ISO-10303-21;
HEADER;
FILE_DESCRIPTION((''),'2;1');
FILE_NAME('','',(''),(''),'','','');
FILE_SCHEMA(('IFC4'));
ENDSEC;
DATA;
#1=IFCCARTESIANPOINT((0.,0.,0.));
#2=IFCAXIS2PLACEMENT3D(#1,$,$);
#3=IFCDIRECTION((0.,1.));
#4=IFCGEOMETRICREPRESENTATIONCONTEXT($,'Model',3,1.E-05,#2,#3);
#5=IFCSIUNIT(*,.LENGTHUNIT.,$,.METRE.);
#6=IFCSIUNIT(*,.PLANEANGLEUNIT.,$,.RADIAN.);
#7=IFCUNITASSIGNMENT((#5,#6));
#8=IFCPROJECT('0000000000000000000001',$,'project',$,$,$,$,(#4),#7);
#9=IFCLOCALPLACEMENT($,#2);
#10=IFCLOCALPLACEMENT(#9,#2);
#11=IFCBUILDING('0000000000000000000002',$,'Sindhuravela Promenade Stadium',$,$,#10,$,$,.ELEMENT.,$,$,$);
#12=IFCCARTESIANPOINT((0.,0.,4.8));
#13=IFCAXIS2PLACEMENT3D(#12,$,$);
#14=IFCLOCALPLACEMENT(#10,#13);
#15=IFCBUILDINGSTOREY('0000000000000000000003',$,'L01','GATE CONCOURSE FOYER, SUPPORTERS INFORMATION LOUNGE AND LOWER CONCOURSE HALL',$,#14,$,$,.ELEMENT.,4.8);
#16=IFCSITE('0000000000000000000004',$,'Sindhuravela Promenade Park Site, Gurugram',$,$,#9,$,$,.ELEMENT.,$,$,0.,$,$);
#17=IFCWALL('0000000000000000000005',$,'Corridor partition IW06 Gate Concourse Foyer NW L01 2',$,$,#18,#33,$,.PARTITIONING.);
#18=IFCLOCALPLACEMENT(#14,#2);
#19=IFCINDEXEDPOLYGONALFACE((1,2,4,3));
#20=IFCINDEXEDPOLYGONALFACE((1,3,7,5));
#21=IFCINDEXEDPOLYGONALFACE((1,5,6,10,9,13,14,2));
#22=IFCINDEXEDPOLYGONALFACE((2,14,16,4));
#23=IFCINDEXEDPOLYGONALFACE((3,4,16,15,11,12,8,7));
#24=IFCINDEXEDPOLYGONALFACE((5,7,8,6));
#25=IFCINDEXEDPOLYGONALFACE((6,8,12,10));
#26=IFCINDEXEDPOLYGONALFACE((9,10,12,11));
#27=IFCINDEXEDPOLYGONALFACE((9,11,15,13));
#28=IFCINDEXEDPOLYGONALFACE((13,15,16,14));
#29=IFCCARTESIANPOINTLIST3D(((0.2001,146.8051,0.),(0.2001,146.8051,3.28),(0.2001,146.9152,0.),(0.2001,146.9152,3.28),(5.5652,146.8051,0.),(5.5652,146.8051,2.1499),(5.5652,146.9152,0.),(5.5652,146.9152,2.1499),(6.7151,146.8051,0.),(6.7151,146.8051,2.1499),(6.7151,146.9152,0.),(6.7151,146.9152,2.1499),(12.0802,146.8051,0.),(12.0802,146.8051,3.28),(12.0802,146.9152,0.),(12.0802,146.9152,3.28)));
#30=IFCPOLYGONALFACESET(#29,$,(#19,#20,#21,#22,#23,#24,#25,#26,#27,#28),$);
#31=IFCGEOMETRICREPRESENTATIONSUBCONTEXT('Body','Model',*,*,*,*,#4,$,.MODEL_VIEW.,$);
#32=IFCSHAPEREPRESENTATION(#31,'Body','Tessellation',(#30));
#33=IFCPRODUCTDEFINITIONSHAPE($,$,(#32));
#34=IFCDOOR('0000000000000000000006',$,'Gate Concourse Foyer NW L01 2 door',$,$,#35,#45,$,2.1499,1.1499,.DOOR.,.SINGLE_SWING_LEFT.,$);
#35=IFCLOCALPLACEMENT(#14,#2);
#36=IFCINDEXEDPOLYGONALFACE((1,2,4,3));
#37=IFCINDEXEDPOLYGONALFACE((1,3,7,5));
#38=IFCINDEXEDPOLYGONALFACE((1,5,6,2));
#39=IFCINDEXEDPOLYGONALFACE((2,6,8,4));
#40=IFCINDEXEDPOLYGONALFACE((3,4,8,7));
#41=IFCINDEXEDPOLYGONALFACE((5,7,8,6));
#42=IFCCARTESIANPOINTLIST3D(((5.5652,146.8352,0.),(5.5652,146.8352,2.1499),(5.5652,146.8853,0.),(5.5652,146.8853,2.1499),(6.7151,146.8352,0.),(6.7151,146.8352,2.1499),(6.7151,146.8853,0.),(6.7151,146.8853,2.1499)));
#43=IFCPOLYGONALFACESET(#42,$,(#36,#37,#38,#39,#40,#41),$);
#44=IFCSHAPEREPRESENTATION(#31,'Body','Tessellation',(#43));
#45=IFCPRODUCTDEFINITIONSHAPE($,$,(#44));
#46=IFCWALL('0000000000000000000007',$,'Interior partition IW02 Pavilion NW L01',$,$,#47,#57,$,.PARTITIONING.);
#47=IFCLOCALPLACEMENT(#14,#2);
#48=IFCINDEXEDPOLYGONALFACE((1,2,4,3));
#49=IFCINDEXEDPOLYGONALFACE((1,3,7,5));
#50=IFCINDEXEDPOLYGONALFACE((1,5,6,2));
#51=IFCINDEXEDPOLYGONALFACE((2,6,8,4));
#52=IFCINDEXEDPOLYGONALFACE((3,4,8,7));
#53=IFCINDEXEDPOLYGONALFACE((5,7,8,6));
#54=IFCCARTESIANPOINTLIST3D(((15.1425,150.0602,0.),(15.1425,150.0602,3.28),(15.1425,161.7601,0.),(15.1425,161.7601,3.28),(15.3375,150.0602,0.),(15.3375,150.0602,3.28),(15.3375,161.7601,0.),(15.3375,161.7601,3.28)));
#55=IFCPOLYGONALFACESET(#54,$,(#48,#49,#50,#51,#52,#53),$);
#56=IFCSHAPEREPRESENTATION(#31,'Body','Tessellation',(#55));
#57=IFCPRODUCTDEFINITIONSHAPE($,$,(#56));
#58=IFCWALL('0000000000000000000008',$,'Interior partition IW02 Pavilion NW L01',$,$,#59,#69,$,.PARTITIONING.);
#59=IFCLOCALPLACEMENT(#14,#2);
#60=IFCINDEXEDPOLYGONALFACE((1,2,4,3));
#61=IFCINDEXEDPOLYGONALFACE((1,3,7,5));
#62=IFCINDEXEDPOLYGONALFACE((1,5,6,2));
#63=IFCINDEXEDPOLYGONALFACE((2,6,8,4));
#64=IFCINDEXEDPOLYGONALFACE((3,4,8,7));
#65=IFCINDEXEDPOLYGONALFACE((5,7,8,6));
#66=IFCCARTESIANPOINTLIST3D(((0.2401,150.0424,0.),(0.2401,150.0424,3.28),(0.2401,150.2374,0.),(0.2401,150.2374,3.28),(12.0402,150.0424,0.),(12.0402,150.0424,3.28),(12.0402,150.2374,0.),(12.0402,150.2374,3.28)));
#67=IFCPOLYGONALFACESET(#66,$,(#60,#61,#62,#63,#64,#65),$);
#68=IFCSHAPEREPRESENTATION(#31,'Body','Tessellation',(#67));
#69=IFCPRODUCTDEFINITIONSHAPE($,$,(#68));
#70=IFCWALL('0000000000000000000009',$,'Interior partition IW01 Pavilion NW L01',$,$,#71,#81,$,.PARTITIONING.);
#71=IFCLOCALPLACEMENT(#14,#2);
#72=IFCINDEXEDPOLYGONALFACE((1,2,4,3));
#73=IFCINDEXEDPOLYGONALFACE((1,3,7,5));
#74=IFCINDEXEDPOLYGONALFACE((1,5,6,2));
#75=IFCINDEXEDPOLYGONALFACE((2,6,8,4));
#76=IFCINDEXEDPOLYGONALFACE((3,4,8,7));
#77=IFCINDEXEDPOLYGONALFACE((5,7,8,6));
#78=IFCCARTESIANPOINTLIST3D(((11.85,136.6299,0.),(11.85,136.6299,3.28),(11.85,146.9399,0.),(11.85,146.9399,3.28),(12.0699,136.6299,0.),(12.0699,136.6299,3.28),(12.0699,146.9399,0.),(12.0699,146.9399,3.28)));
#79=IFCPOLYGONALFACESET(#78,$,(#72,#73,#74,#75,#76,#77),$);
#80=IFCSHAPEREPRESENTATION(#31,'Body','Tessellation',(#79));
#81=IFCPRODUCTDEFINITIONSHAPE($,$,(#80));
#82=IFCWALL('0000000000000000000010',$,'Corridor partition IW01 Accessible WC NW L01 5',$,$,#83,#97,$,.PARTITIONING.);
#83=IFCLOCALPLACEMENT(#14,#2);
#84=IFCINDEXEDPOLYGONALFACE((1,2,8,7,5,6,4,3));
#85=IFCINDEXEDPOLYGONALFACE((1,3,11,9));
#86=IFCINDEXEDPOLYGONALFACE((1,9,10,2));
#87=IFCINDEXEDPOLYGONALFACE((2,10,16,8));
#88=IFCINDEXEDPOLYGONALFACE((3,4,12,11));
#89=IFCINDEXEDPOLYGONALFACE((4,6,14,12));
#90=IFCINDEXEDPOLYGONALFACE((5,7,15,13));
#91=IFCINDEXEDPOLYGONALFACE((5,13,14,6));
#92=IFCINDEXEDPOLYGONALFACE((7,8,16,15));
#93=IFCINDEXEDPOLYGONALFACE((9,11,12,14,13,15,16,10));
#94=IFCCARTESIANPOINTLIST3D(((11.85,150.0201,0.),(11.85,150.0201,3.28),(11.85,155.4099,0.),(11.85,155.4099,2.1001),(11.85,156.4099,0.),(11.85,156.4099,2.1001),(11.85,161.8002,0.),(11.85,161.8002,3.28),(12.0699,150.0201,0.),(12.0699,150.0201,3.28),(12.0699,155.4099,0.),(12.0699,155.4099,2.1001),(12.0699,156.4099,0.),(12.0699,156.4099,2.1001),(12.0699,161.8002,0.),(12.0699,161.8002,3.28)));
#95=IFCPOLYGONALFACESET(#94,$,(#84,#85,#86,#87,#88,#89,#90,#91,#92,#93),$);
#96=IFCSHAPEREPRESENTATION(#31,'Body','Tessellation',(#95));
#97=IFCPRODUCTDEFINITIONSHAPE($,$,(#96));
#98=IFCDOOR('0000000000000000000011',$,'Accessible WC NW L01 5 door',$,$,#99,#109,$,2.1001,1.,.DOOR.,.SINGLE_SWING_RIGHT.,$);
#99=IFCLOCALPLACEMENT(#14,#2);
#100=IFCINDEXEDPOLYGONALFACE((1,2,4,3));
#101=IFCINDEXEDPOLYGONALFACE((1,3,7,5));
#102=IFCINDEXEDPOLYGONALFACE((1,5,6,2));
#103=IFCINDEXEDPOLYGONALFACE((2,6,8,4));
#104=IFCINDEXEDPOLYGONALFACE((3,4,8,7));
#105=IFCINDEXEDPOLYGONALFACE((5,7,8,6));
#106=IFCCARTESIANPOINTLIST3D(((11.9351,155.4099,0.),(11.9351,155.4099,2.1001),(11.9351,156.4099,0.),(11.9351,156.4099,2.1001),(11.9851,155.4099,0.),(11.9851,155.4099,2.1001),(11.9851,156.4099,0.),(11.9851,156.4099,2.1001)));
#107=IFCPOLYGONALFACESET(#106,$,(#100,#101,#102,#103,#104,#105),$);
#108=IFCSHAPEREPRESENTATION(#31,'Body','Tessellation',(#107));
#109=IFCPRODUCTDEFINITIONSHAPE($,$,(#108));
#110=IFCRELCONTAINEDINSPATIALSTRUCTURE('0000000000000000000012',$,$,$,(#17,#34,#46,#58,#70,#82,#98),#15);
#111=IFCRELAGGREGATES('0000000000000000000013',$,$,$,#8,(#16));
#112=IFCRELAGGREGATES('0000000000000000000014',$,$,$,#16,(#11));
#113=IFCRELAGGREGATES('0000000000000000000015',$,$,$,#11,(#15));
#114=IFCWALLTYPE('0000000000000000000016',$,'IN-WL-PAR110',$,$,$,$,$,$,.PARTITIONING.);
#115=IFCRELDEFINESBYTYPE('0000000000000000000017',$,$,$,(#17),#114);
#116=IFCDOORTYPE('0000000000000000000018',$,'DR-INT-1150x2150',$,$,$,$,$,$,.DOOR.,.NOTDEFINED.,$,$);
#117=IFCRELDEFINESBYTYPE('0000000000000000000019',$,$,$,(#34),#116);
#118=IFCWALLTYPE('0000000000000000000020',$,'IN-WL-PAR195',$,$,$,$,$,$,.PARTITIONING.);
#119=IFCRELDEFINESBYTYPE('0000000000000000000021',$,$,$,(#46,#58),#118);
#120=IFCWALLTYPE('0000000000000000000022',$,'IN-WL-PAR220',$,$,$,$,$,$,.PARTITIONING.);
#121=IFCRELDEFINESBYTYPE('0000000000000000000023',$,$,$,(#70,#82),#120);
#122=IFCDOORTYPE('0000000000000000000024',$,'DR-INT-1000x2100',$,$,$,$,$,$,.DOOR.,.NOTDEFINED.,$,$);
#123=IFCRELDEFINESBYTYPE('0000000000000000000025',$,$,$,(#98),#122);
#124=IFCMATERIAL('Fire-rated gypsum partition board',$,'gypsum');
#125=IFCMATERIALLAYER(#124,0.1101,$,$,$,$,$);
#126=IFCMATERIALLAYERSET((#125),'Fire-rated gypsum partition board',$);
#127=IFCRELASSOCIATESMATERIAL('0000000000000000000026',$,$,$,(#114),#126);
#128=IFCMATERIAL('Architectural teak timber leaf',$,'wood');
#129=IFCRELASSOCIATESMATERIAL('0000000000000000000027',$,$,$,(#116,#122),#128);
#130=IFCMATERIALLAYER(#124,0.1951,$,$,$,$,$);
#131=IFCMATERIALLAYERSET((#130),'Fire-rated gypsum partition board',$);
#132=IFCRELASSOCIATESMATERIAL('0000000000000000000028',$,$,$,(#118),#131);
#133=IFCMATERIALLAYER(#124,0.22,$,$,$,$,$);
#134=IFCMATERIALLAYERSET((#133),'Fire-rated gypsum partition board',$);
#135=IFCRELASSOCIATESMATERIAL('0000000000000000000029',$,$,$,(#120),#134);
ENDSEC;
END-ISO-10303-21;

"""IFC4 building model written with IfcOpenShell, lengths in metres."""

from ifc_helpers import new_model, si_unit, direction, frame, frame_2d, origin, place, context, subcontext, project, spatial, rectangle, extrude, material, layer, layer_set, type_object, element, fill, save


model = new_model("IFC4")

# Units and contexts
model_context = context("Model", 3, precision=1e-05, world=origin(), true_north=direction((0.0, 1.0)))
body_context = subcontext(model_context, "Body", "Model", "MODEL_VIEW")
ifc_project = project(units=[si_unit("LENGTHUNIT", "METRE"), si_unit("PLANEANGLEUNIT", "RADIAN")], contexts=[model_context])

# Site, building, storey
site_placement = place(None, origin())
site = spatial("IfcSite", under=ifc_project, at=site_placement, Name="Sindhuravela Promenade Park Site, Gurugram", CompositionType="ELEMENT", RefElevation=0.0)
building_placement = place(site_placement, origin())
building = spatial("IfcBuilding", under=site, at=building_placement, Name="Sindhuravela Promenade Stadium", CompositionType="ELEMENT")
storey_placement = place(building_placement, frame((0.0, 0.0, 4.8)))
storey = spatial("IfcBuildingStorey", under=building, at=storey_placement, Name="L01", Description="GATE CONCOURSE FOYER, SUPPORTERS INFORMATION LOUNGE AND LOWER CONCOURSE HALL", CompositionType="ELEMENT", Elevation=4.8)

# Wall, opening, door
ifc_material_1 = material(Name="Fire-rated gypsum partition board", Category="gypsum")
ifc_layer_1 = layer(ifc_material_1, 0.1101)
ifc_layer_set_1 = layer_set([ifc_layer_1], Name="Fire-rated gypsum partition board")
wall_type_1 = type_object("IfcWallType", Name="IN-WL-PAR110", PredefinedType="PARTITIONING", material=ifc_layer_set_1)
wall_1_placement = place(storey_placement, frame((12.0801, 146.8601, 0.0), z_axis=(0.0, 0.0, 1.0), x_axis=(-1.0, 0.0, 0.0)))
wall_1 = element("IfcWall", 1, at=wall_1_placement, inside=storey, type_object=wall_type_1, Name="Corridor partition IW06 Gate Concourse Foyer NW L01 2", PredefinedType="PARTITIONING", context=body_context, shape_type="SweptSolid", body=[
    extrude(rectangle(XDim=11.8801, YDim=0.1101, at=frame_2d((5.9399, 0.0))), origin(), (0.0, 0.0, 1.0), 3.28),
])
opening_1_placement = place(wall_1_placement, frame((5.365, 0.0, 0.0)))
opening_1 = element("IfcOpeningElement", 2, at=opening_1_placement, cuts=wall_1, PredefinedType="OPENING", context=body_context, shape_type="SweptSolid", body=[
    extrude(rectangle(XDim=1.1499, YDim=2.1499, at=frame_2d((0.575, 1.075))), frame((0.0, 0.0649, 0.0), z_axis=(0.0, -1.0, 0.0), x_axis=(1.0, 0.0, 0.0)), (0.0, 0.0, 1.0), 0.1301),
])
ifc_material_2 = material(Name="Architectural teak timber leaf", Category="wood")
door_type_1 = type_object("IfcDoorType", Name="DR-INT-1150x2150", OperationType="NOTDEFINED", PredefinedType="DOOR", material=ifc_material_2)
door_1_placement = place(opening_1_placement, origin())
door_1 = element("IfcDoor", 3, at=door_1_placement, inside=storey, type_object=door_type_1, Name="Gate Concourse Foyer NW L01 2 door", OperationType="SINGLE_SWING_LEFT", OverallHeight=2.1499, OverallWidth=1.1499, PredefinedType="DOOR", context=body_context, shape_type="SweptSolid", body=[
    extrude(rectangle(XDim=1.1499, YDim=2.1499, at=frame_2d((0.575, 1.075))), frame((0.0, 0.0249, 0.0), z_axis=(0.0, -1.0, 0.0), x_axis=(1.0, 0.0, 0.0)), (0.0, 0.0, 1.0), 0.05),
])
fill(opening_1, door_1)

# Walls
ifc_layer_2 = layer(ifc_material_1, 0.1951)
ifc_layer_set_2 = layer_set([ifc_layer_2], Name="Fire-rated gypsum partition board")
wall_type_2 = type_object("IfcWallType", Name="IN-WL-PAR195", PredefinedType="PARTITIONING", material=ifc_layer_set_2)
wall_2_placement = place(storey_placement, frame((15.24, 150.0601, 0.0), z_axis=(0.0, 0.0, 1.0), x_axis=(0.0, 1.0, 0.0)))
element("IfcWall", 4, at=wall_2_placement, inside=storey, type_object=wall_type_2, Name="Interior partition IW02 Pavilion NW L01", PredefinedType="PARTITIONING", context=body_context, shape_type="SweptSolid", body=[
    extrude(rectangle(XDim=11.7, YDim=0.1951, at=frame_2d((5.8501, 0.0))), origin(), (0.0, 0.0, 1.0), 3.28),
])
wall_3_placement = place(storey_placement, frame((12.04, 150.1399, 0.0), z_axis=(0.0, 0.0, 1.0), x_axis=(-1.0, 0.0, 0.0)))
element("IfcWall", 5, at=wall_3_placement, inside=storey, type_object=wall_type_2, Name="Interior partition IW02 Pavilion NW L01", PredefinedType="PARTITIONING", context=body_context, shape_type="SweptSolid", body=[
    extrude(rectangle(XDim=11.8, YDim=0.1951, at=frame_2d((5.8999, 0.0))), origin(), (0.0, 0.0, 1.0), 3.28),
])
ifc_layer_3 = layer(ifc_material_1, 0.22)
ifc_layer_set_3 = layer_set([ifc_layer_3], Name="Fire-rated gypsum partition board")
wall_type_3 = type_object("IfcWallType", Name="IN-WL-PAR220", PredefinedType="PARTITIONING", material=ifc_layer_set_3)
wall_4_placement = place(storey_placement, frame((11.96, 146.9399, 0.0), z_axis=(0.0, 0.0, 1.0), x_axis=(0.0, -1.0, 0.0)))
element("IfcWall", 6, at=wall_4_placement, inside=storey, type_object=wall_type_3, Name="Interior partition IW01 Pavilion NW L01", PredefinedType="PARTITIONING", context=body_context, shape_type="SweptSolid", body=[
    extrude(rectangle(XDim=10.3101, YDim=0.22, at=frame_2d((5.155, 0.0))), origin(), (0.0, 0.0, 1.0), 3.28),
])

# Wall, opening, door
wall_5_placement = place(storey_placement, frame((11.96, 150.02, 0.0), z_axis=(0.0, 0.0, 1.0), x_axis=(0.0, 1.0, 0.0)))
wall_5 = element("IfcWall", 7, at=wall_5_placement, inside=storey, type_object=wall_type_3, Name="Corridor partition IW01 Accessible WC NW L01 5", PredefinedType="PARTITIONING", context=body_context, shape_type="SweptSolid", body=[
    extrude(rectangle(XDim=11.78, YDim=0.22, at=frame_2d((5.8901, 0.0))), origin(), (0.0, 0.0, 1.0), 3.28),
])
opening_2_placement = place(wall_5_placement, frame((5.3899, 0.0, 0.0)))
opening_2 = element("IfcOpeningElement", 8, at=opening_2_placement, cuts=wall_5, PredefinedType="OPENING", context=body_context, shape_type="SweptSolid", body=[
    extrude(rectangle(XDim=1.0, YDim=2.1001, at=frame_2d((0.5, 1.05))), frame((0.0, 0.1199, 0.0), z_axis=(0.0, -1.0, 0.0), x_axis=(1.0, 0.0, 0.0)), (0.0, 0.0, 1.0), 0.24),
])
door_type_2 = type_object("IfcDoorType", Name="DR-INT-1000x2100", OperationType="NOTDEFINED", PredefinedType="DOOR", material=ifc_material_2)
door_2_placement = place(opening_2_placement, origin())
door_2 = element("IfcDoor", 9, at=door_2_placement, inside=storey, type_object=door_type_2, Name="Accessible WC NW L01 5 door", OperationType="SINGLE_SWING_RIGHT", OverallHeight=2.1001, OverallWidth=1.0, PredefinedType="DOOR", context=body_context, shape_type="SweptSolid", body=[
    extrude(rectangle(XDim=1.0, YDim=2.1001, at=frame_2d((0.5, 1.05))), frame((0.0, 0.0249, 0.0), z_axis=(0.0, -1.0, 0.0), x_axis=(1.0, 0.0, 0.0)), (0.0, 0.0, 1.0), 0.05),
])
fill(opening_2, door_2)

save(model, "model.ifc")
